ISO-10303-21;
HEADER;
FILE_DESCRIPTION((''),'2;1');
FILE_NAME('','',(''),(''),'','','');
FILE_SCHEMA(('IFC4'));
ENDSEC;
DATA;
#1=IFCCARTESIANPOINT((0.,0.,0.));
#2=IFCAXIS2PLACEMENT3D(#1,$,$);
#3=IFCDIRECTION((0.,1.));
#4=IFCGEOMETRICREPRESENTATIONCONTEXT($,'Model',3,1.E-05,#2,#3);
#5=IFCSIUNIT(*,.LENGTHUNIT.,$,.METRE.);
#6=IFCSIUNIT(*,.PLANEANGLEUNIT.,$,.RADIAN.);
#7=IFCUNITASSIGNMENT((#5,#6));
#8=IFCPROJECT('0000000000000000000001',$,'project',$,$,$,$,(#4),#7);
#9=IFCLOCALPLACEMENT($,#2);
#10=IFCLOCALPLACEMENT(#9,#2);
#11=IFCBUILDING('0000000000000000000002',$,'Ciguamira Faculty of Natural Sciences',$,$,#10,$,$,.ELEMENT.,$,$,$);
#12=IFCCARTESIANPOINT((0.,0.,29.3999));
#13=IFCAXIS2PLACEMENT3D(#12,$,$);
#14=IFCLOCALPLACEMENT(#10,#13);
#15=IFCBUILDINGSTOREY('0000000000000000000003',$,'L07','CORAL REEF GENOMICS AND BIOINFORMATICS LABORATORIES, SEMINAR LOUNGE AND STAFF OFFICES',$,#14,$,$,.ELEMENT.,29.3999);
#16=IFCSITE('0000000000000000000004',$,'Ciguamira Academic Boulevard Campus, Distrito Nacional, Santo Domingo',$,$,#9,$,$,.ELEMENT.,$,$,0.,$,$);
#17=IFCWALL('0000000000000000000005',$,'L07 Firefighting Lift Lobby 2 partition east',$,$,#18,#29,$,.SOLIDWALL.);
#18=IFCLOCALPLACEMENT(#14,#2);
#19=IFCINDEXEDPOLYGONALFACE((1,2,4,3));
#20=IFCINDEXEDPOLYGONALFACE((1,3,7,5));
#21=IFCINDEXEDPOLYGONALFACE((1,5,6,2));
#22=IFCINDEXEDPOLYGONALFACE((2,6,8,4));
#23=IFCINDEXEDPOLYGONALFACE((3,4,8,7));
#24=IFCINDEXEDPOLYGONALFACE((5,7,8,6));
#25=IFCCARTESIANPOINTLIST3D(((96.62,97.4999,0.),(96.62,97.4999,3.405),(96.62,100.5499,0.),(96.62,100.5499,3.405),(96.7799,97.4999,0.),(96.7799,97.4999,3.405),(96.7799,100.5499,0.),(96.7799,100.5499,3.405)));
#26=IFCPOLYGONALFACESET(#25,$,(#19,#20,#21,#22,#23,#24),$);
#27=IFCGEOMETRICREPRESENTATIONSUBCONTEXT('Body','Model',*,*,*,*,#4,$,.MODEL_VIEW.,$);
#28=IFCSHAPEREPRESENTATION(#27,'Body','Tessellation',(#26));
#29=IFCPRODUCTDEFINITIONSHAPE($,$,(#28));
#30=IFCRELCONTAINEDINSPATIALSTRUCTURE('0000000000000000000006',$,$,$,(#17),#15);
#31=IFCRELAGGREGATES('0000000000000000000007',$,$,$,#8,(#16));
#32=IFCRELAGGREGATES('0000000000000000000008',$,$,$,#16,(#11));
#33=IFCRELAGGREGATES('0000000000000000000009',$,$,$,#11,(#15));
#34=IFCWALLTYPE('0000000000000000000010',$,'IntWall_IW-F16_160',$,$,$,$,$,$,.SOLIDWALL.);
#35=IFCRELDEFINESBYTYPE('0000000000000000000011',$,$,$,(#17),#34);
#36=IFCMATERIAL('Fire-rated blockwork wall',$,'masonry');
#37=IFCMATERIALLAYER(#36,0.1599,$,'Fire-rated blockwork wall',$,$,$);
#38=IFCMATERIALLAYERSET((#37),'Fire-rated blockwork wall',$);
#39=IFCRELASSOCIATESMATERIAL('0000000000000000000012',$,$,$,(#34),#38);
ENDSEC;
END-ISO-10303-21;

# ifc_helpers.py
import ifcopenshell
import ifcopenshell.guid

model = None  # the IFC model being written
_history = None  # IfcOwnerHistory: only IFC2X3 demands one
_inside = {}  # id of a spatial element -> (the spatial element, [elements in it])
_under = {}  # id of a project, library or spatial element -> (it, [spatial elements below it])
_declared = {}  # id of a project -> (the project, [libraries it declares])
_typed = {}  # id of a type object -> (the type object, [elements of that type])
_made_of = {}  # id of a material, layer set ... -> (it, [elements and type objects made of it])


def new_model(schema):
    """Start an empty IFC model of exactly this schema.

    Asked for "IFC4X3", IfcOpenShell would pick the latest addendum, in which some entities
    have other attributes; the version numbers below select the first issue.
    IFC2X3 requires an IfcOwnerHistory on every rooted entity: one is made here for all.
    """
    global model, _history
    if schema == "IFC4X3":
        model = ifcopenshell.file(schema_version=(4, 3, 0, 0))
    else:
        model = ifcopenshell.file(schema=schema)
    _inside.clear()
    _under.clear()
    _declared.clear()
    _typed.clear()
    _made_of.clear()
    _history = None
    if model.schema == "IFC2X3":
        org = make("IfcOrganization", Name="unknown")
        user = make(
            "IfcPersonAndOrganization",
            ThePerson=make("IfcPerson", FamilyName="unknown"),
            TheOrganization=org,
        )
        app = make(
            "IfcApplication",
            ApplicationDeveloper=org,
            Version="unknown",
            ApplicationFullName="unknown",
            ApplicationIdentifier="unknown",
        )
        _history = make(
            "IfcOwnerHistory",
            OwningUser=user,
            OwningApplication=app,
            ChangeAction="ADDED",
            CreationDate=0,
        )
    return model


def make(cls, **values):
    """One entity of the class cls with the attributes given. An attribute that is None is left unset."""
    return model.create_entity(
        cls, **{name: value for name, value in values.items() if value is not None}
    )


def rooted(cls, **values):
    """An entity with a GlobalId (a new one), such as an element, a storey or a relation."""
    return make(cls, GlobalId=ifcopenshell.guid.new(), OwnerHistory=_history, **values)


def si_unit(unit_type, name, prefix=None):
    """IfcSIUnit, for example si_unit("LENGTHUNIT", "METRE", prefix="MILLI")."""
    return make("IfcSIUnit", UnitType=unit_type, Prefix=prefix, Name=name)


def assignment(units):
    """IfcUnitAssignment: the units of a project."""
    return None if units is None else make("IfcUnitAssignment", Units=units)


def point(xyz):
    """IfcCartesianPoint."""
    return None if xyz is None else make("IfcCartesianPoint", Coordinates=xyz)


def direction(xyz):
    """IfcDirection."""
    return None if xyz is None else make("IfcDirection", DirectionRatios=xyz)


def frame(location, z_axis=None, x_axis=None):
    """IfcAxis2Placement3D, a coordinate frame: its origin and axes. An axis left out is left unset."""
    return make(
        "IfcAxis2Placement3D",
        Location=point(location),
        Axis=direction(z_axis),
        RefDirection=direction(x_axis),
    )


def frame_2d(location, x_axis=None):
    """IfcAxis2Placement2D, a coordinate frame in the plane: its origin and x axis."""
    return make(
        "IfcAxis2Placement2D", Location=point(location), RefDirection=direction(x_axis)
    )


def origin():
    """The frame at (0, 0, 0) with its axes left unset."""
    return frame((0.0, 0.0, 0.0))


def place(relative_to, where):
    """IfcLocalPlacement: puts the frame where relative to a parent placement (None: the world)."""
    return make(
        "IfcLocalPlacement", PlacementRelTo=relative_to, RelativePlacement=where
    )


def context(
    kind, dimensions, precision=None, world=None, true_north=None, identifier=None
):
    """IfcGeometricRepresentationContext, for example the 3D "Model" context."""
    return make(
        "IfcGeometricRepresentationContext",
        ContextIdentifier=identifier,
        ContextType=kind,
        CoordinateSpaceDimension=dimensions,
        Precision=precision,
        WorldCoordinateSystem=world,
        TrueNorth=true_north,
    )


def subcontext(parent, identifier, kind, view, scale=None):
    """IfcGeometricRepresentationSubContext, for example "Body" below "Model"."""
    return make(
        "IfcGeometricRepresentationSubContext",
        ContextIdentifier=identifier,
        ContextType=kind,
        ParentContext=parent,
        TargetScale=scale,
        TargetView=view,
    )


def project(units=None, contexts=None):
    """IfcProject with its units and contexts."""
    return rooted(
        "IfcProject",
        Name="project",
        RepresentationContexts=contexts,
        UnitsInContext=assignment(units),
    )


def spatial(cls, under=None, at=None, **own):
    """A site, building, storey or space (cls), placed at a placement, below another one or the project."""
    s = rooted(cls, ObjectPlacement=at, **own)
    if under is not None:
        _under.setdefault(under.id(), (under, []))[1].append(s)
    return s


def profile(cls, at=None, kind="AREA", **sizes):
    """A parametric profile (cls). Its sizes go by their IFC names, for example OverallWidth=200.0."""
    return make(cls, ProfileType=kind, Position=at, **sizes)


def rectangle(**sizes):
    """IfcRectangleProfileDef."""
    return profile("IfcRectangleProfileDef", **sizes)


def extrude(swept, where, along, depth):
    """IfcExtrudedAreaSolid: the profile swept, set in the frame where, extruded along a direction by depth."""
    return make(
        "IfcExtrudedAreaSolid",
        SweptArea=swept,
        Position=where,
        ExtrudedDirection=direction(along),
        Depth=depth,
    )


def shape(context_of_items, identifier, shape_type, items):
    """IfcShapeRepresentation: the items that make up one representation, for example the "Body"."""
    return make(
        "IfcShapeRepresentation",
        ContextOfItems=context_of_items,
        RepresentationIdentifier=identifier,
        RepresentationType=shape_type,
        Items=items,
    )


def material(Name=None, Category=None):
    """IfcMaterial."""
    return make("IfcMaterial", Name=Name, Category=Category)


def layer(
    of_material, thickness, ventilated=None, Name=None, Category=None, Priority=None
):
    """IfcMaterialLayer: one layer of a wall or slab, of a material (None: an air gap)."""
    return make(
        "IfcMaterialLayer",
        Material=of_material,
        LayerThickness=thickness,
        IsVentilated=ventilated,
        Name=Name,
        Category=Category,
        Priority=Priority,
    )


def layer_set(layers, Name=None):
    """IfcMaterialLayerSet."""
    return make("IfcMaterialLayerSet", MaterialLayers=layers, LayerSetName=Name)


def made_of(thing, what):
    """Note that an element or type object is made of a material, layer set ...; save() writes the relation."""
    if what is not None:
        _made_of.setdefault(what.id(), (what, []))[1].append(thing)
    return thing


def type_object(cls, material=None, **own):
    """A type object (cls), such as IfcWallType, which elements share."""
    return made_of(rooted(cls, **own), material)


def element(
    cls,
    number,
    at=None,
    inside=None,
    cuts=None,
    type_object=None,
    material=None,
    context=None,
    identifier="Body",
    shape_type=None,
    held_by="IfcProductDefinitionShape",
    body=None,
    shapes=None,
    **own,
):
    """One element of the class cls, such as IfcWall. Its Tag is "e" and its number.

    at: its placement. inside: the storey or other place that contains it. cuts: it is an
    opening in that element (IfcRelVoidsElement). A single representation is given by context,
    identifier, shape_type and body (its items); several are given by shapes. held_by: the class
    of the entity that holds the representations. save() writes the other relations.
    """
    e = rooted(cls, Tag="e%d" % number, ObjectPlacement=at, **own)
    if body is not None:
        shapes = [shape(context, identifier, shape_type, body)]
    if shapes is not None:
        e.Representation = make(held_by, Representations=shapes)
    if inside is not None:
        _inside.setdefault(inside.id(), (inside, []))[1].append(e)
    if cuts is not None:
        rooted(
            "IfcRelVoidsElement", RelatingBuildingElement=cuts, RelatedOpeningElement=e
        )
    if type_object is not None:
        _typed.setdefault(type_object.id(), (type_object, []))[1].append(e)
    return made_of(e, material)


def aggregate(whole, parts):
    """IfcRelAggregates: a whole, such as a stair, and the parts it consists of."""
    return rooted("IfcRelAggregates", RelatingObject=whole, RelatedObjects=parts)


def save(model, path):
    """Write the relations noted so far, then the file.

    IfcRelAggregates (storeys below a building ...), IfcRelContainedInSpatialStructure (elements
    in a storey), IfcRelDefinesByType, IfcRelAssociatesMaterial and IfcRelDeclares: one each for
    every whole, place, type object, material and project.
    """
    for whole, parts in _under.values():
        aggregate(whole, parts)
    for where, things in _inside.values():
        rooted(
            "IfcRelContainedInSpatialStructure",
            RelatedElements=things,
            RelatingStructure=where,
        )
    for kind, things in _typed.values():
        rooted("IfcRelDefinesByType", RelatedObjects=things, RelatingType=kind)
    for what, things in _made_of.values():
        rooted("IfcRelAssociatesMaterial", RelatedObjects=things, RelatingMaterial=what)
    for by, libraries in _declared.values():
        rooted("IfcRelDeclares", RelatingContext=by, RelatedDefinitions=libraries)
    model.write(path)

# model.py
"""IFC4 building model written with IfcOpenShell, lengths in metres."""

from ifc_helpers import new_model, si_unit, direction, frame, frame_2d, origin, place, context, subcontext, project, spatial, rectangle, extrude, material, layer, layer_set, type_object, element, save


model = new_model("IFC4")

# Units and contexts
model_context = context("Model", 3, precision=1e-05, world=origin(), true_north=direction((0.0, 1.0)))
body_context = subcontext(model_context, "Body", "Model", "MODEL_VIEW")
ifc_project = project(units=[si_unit("LENGTHUNIT", "METRE"), si_unit("PLANEANGLEUNIT", "RADIAN")], contexts=[model_context])

# Site, building, storey
site_placement = place(None, origin())
site = spatial("IfcSite", under=ifc_project, at=site_placement, Name="Ciguamira Academic Boulevard Campus, Distrito Nacional, Santo Domingo", CompositionType="ELEMENT", RefElevation=0.0)
building_placement = place(site_placement, origin())
building = spatial("IfcBuilding", under=site, at=building_placement, Name="Ciguamira Faculty of Natural Sciences", CompositionType="ELEMENT")
storey_placement = place(building_placement, frame((0.0, 0.0, 29.3999)))
storey = spatial("IfcBuildingStorey", under=building, at=storey_placement, Name="L07", Description="CORAL REEF GENOMICS AND BIOINFORMATICS LABORATORIES, SEMINAR LOUNGE AND STAFF OFFICES", CompositionType="ELEMENT", Elevation=29.3999)

# Wall
ifc_material_1 = material(Name="Fire-rated blockwork wall", Category="masonry")
ifc_layer_1 = layer(ifc_material_1, 0.1599, Name="Fire-rated blockwork wall")
ifc_layer_set_1 = layer_set([ifc_layer_1], Name="Fire-rated blockwork wall")
wall_type_1 = type_object("IfcWallType", Name="IntWall_IW-F16_160", PredefinedType="SOLIDWALL", material=ifc_layer_set_1)
wall_1_placement = place(storey_placement, frame((96.7, 97.5, 0.0), z_axis=(0.0, 0.0, 1.0), x_axis=(0.0, 1.0, 0.0)))
element("IfcWall", 1, at=wall_1_placement, inside=storey, type_object=wall_type_1, Name="L07 Firefighting Lift Lobby 2 partition east", PredefinedType="SOLIDWALL", context=body_context, shape_type="SweptSolid", body=[
    extrude(rectangle(XDim=3.05, YDim=0.1599, at=frame_2d((1.5249, 0.0))), origin(), (0.0, 0.0, 1.0), 3.405),
])

save(model, "model.ifc")
